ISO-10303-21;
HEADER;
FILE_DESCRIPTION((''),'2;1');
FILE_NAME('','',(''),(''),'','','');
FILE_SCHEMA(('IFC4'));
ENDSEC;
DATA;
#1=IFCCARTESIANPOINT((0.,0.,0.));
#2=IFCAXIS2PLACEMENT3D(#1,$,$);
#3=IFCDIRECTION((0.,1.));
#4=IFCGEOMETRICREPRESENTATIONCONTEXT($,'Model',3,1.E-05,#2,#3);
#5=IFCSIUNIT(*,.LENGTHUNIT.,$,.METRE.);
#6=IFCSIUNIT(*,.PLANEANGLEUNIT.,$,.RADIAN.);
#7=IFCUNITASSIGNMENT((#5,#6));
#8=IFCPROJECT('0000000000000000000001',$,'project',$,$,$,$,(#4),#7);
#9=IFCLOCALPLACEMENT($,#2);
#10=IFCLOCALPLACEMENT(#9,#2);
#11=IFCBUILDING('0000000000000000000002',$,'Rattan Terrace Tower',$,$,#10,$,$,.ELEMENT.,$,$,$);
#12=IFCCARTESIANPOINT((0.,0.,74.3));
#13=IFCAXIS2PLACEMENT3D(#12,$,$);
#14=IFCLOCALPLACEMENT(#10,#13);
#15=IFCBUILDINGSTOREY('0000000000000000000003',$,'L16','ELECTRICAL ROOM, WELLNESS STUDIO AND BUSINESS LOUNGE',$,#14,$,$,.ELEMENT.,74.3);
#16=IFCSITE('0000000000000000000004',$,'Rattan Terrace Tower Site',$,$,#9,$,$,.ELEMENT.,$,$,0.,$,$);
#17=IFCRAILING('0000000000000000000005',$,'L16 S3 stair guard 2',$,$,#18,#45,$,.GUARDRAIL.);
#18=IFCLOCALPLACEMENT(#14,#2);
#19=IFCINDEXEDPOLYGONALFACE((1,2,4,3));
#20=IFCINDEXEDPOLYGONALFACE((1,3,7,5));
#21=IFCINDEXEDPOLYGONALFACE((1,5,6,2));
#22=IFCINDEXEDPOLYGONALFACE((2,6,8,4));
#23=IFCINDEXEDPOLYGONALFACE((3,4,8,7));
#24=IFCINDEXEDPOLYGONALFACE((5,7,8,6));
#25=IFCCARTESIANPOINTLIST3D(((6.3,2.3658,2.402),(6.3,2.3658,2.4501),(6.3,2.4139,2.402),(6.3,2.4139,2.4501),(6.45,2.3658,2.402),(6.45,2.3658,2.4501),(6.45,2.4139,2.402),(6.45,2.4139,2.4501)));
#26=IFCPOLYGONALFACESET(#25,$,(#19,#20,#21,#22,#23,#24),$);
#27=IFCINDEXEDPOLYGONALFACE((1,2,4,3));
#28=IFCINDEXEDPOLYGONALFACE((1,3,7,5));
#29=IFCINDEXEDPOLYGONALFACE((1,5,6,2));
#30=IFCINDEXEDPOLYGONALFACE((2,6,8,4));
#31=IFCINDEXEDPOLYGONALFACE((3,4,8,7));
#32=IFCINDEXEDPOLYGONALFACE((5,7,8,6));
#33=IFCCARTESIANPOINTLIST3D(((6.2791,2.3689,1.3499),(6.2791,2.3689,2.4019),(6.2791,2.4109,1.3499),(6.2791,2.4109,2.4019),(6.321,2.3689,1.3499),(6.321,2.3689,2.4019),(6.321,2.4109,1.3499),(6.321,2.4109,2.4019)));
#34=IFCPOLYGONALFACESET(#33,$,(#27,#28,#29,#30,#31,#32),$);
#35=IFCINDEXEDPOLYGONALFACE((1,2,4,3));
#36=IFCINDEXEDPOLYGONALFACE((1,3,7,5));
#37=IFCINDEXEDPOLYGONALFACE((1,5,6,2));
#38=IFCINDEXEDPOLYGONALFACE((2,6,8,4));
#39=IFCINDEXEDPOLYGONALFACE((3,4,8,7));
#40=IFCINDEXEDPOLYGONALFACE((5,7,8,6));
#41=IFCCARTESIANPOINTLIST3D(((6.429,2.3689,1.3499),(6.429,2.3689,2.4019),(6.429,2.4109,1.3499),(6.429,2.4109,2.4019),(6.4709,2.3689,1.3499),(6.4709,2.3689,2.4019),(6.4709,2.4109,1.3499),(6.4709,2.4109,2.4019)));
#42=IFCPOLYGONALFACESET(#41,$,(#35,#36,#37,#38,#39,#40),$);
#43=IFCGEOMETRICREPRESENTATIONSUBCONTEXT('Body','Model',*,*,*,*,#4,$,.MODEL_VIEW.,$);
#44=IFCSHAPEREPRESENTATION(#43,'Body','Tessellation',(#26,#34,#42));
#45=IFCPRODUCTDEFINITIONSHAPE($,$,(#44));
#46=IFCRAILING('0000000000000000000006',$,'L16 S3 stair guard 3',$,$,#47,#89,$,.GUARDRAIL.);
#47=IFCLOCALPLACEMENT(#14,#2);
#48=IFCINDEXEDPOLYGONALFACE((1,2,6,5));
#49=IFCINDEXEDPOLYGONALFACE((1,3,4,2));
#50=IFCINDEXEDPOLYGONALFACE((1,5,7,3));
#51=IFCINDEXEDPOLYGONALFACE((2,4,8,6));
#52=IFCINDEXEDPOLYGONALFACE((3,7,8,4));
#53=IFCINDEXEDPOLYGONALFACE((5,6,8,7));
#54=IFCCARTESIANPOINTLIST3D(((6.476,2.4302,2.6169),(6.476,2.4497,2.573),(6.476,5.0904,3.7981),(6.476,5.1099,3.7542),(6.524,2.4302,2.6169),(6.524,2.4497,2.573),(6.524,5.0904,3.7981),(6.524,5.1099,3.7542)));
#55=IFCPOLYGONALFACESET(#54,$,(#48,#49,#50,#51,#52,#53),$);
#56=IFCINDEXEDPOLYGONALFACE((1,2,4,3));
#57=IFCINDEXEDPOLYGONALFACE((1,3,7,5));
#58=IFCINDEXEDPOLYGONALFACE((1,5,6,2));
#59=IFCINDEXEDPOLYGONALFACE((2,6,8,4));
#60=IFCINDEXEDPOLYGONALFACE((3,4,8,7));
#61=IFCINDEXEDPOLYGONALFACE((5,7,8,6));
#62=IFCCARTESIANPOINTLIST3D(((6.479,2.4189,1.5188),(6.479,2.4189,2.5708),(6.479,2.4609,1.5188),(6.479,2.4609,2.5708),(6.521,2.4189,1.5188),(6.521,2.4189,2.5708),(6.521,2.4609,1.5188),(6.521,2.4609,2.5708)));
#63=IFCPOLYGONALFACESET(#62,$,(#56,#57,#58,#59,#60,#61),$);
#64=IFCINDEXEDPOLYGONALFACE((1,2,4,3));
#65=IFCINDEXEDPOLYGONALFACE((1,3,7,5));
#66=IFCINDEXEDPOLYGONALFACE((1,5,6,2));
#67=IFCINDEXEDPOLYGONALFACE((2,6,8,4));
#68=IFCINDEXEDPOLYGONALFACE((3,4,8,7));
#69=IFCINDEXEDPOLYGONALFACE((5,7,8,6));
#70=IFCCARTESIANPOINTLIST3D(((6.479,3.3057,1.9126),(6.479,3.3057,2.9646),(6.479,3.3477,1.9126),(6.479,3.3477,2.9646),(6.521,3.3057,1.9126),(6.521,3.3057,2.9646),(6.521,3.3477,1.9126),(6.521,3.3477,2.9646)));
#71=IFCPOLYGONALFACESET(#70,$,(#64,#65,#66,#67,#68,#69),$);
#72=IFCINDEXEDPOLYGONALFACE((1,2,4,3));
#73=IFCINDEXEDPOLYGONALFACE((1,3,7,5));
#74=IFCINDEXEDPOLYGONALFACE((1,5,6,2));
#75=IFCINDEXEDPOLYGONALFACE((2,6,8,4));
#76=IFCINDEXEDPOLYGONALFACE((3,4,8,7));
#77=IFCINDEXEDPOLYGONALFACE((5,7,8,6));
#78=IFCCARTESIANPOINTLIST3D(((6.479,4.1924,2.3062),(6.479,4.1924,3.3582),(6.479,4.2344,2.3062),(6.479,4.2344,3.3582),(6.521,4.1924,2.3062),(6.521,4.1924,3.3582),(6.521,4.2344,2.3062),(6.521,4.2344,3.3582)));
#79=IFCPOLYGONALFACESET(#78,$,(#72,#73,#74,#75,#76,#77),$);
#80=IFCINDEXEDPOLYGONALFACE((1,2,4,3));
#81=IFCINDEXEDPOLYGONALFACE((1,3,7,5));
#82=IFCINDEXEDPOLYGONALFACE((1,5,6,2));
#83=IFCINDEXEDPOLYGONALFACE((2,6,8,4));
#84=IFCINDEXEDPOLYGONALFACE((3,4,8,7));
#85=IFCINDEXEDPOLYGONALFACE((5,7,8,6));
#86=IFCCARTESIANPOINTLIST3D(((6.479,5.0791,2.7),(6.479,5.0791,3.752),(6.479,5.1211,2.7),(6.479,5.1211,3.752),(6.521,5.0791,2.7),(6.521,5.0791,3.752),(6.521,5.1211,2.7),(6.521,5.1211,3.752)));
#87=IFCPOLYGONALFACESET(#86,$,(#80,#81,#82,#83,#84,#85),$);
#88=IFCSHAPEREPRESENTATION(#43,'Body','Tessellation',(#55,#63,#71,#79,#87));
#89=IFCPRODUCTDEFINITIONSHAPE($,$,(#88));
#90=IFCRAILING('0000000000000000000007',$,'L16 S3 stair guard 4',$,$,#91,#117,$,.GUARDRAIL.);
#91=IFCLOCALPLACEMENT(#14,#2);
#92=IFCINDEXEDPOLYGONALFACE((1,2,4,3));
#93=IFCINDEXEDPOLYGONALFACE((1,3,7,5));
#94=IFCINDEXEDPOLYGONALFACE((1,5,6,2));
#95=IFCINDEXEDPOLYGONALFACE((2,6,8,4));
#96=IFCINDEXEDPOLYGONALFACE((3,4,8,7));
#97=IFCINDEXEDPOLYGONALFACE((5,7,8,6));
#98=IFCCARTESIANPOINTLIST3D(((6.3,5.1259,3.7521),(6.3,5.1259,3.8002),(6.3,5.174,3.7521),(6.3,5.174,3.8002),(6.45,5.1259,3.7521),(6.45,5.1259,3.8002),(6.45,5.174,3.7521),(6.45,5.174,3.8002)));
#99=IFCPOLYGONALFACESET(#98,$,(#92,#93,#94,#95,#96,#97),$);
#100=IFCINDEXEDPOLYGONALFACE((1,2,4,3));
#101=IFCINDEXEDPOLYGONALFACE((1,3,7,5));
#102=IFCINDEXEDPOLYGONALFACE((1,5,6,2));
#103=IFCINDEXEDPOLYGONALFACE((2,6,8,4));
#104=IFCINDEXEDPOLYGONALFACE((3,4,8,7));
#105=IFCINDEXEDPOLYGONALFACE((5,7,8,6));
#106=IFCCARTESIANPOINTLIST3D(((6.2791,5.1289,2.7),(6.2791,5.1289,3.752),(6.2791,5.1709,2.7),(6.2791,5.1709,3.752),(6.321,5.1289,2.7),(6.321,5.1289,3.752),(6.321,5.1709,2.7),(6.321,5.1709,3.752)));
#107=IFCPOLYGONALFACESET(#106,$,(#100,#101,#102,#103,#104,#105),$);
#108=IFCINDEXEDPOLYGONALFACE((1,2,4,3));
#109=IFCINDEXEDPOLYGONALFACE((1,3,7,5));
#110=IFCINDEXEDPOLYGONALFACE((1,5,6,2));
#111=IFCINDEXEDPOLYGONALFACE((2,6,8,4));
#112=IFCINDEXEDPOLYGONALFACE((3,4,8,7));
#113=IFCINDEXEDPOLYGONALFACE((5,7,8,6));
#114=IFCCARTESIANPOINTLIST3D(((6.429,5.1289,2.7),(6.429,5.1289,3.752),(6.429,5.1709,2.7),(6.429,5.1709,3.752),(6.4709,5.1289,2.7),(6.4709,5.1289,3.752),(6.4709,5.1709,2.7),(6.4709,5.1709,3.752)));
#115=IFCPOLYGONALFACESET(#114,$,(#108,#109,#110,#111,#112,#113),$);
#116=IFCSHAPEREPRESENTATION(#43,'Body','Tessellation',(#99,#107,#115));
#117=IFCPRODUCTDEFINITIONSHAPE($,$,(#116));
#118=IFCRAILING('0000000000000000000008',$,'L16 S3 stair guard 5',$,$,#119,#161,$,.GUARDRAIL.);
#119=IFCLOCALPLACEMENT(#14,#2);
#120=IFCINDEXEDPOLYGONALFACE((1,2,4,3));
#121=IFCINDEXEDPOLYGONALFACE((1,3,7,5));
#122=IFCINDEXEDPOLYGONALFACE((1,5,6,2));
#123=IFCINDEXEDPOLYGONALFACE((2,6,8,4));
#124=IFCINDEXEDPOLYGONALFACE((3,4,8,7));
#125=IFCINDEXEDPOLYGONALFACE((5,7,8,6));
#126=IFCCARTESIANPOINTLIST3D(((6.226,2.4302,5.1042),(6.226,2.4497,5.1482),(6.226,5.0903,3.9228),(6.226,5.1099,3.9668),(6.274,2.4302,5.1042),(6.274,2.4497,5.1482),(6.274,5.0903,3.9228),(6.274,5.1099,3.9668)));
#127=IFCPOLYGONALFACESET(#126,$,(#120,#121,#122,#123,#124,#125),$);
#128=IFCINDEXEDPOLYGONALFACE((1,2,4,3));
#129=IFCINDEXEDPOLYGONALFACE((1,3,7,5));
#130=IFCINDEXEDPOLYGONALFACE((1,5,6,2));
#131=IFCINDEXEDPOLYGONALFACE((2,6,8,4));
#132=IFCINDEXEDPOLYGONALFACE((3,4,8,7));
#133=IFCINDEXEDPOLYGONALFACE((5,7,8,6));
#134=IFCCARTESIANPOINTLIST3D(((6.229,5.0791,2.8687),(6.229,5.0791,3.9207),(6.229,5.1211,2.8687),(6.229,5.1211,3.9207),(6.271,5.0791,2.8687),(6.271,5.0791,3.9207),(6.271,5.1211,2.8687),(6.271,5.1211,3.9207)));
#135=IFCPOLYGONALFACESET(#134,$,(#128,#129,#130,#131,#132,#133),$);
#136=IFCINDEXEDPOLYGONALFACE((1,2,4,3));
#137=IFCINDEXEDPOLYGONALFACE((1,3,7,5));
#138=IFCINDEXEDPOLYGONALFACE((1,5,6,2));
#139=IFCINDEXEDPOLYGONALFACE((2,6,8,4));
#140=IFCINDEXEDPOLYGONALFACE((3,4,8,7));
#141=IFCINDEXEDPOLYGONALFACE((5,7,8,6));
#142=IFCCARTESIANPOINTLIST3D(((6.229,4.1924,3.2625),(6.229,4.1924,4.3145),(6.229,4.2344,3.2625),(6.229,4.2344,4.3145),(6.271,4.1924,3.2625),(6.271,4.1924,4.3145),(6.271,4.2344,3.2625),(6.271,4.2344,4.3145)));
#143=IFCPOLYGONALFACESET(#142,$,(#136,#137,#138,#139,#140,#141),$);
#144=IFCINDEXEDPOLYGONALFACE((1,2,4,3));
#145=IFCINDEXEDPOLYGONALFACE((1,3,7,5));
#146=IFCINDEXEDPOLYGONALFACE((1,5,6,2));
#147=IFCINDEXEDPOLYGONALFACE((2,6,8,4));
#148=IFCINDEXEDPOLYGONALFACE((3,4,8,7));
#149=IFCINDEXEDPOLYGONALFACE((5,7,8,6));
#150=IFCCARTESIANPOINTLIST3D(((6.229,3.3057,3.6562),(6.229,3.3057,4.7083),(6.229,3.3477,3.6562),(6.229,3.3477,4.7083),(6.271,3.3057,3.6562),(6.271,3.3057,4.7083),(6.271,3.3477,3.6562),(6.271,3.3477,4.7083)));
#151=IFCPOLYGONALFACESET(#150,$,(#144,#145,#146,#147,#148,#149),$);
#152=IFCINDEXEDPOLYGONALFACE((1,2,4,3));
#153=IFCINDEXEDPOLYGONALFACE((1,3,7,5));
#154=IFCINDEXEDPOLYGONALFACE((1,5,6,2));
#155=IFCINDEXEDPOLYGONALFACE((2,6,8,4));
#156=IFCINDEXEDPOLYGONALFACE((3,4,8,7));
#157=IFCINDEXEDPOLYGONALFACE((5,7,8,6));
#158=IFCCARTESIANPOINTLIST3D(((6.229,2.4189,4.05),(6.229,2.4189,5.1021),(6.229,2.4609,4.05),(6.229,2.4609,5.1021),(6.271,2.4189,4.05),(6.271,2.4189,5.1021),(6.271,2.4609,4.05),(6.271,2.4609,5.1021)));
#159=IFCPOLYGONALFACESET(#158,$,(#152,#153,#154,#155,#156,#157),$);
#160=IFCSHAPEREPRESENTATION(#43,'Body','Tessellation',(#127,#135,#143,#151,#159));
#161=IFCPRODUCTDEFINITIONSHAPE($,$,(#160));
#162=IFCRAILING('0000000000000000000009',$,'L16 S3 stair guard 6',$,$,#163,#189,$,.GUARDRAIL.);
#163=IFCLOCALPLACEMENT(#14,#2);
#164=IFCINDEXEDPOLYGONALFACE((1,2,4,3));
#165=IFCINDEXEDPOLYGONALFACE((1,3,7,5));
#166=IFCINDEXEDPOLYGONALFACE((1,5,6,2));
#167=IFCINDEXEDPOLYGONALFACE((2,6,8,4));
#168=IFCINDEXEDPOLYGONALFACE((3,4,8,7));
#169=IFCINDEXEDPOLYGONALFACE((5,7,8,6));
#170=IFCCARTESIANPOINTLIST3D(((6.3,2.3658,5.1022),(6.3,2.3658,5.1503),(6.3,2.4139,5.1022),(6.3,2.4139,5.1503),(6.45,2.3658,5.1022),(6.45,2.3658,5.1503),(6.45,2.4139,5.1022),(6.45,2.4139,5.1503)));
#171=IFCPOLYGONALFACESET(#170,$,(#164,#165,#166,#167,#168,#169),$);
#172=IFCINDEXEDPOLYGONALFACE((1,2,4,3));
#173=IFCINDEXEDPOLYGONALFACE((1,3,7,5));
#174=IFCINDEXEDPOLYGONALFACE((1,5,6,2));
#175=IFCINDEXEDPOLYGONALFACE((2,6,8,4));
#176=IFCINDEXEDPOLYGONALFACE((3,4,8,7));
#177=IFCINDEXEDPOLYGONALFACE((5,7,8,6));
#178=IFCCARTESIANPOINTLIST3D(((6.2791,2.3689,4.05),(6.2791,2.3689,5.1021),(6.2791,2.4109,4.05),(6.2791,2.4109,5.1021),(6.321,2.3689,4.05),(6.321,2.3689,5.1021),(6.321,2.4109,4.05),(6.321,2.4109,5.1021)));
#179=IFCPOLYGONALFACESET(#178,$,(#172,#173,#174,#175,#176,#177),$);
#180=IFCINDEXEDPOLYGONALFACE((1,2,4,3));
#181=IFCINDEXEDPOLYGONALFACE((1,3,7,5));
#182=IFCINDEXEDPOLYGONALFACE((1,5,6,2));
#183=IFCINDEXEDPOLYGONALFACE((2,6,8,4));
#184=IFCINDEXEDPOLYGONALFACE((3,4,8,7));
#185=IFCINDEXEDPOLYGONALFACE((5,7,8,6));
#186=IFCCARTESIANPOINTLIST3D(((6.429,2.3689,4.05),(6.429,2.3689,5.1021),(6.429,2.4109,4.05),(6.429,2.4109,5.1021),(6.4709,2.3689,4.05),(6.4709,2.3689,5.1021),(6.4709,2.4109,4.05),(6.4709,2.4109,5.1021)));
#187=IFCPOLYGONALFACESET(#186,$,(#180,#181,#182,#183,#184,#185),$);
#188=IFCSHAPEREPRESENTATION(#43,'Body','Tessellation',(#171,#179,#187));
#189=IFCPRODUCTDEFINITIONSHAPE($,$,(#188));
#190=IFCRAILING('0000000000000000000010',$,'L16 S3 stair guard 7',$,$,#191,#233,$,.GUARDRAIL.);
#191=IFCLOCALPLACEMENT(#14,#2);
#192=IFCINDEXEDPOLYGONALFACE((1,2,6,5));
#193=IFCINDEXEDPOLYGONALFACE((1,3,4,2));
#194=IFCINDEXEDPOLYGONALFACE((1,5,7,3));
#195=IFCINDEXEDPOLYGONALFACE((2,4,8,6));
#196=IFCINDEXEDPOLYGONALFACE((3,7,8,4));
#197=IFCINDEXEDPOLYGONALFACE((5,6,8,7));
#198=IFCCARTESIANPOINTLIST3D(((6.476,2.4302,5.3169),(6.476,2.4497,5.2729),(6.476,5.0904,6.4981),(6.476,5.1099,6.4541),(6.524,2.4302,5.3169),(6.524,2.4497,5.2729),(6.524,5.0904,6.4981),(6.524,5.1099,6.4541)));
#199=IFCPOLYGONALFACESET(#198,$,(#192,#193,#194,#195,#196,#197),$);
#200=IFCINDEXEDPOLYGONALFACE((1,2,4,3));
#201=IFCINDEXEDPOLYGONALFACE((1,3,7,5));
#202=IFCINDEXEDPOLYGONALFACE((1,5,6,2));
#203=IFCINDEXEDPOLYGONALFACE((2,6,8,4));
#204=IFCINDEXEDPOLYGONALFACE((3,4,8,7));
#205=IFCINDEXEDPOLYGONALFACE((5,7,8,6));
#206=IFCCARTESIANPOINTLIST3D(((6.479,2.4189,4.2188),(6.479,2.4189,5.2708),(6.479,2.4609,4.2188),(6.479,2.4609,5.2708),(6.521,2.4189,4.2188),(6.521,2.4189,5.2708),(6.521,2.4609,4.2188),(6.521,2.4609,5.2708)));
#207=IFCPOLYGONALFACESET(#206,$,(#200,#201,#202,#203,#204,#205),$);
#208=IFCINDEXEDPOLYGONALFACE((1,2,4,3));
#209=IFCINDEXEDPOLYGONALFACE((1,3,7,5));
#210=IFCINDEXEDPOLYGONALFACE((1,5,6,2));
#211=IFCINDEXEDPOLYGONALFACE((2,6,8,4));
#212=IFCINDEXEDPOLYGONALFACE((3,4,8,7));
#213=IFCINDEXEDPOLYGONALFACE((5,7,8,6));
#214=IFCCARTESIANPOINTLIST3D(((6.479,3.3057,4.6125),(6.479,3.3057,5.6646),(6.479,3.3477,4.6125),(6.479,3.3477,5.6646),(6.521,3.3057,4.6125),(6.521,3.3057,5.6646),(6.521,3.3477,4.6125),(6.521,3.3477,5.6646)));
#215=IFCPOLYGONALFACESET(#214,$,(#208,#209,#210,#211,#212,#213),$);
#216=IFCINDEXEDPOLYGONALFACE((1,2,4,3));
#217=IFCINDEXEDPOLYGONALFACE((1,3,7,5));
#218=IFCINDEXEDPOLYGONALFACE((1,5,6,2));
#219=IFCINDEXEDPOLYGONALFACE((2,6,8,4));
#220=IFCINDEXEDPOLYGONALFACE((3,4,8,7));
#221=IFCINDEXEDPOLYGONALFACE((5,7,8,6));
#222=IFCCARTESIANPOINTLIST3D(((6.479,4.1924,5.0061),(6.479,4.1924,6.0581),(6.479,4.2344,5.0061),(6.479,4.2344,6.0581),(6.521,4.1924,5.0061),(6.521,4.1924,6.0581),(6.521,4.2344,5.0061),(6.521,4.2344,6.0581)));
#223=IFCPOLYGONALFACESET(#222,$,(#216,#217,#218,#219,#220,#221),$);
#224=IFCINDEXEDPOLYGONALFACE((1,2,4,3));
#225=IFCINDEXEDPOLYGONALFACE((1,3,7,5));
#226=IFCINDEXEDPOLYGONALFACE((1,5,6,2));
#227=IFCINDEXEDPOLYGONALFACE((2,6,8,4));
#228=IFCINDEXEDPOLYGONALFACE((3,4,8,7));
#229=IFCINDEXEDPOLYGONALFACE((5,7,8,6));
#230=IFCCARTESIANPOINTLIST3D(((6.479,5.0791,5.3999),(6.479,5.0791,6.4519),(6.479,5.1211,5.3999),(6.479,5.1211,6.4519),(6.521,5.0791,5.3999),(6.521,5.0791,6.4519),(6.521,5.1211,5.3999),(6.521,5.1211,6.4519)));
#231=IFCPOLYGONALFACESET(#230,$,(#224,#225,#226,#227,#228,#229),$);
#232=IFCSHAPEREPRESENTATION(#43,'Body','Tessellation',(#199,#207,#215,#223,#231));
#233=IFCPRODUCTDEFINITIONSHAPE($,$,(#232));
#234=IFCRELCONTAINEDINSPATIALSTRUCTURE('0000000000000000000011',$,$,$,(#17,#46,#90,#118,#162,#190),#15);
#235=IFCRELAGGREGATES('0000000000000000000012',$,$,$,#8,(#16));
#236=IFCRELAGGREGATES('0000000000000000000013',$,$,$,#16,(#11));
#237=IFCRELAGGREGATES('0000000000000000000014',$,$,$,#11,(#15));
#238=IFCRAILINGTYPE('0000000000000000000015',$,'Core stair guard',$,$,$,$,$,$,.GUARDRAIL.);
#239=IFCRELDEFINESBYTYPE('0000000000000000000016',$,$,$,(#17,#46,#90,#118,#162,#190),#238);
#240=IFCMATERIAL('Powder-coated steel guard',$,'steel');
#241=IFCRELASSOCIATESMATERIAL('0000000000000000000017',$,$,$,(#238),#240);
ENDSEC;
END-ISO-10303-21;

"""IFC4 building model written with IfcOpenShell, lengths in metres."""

from ifc_helpers import new_model, si_unit, direction, frame, origin, origin_2d, place, context, subcontext, project, spatial, rectangle, extrude, material, type_object, element, save


model = new_model("IFC4")

# Units and contexts
model_context = context("Model", 3, precision=1e-05, world=origin(), true_north=direction((0.0, 1.0)))
body_context = subcontext(model_context, "Body", "Model", "MODEL_VIEW")
ifc_project = project(units=[si_unit("LENGTHUNIT", "METRE"), si_unit("PLANEANGLEUNIT", "RADIAN")], contexts=[model_context])

# Site, building, storey
site_placement = place(None, origin())
site = spatial("IfcSite", under=ifc_project, at=site_placement, Name="Rattan Terrace Tower Site", CompositionType="ELEMENT", RefElevation=0.0)
building_placement = place(site_placement, origin())
building = spatial("IfcBuilding", under=site, at=building_placement, Name="Rattan Terrace Tower", CompositionType="ELEMENT")
storey_placement = place(building_placement, frame((0.0, 0.0, 74.3)))
storey = spatial("IfcBuildingStorey", under=building, at=storey_placement, Name="L16", Description="ELECTRICAL ROOM, WELLNESS STUDIO AND BUSINESS LOUNGE", CompositionType="ELEMENT", Elevation=74.3)

# Railings
ifc_material_1 = material(Name="Powder-coated steel guard", Category="steel")
railing_type_1 = type_object("IfcRailingType", Name="Core stair guard", PredefinedType="GUARDRAIL", material=ifc_material_1)
railing_1_placement = place(storey_placement, frame((6.3, 2.3899, 1.3499)))
element("IfcRailing", 1, at=railing_1_placement, inside=storey, type_object=railing_type_1, Name="L16 S3 stair guard 2", PredefinedType="GUARDRAIL", context=body_context, shape_type="SweptSolid", body=[
    extrude(rectangle(XDim=0.0481, YDim=0.0481, at=origin_2d()), frame((0.0, 0.0, 1.0762), z_axis=(1.0, 0.0, 0.0), x_axis=(0.0, 1.0, 0.0)), (0.0, 0.0, 1.0), 0.1499),
    extrude(rectangle(XDim=0.042, YDim=0.042, at=origin_2d()), origin(), (0.0, 0.0, 1.0), 1.052),
    extrude(rectangle(XDim=0.042, YDim=0.042, at=origin_2d()), frame((0.1499, 0.0, 0.0)), (0.0, 0.0, 1.0), 1.052),
])
railing_2_placement = place(storey_placement, frame((6.5, 2.4399, 1.5188)))
element("IfcRailing", 2, at=railing_2_placement, inside=storey, type_object=railing_type_1, Name="L16 S3 stair guard 3", PredefinedType="GUARDRAIL", context=body_context, shape_type="SweptSolid", body=[
    extrude(rectangle(XDim=0.0481, YDim=0.0481, at=origin_2d()), frame((0.0, 0.0, 1.0762), z_axis=(0.0, 0.913957, 0.405812), x_axis=(-1.0, 0.0, 0.0)), (0.0, 0.0, 1.0), 2.9106),
    extrude(rectangle(XDim=0.042, YDim=0.042, at=origin_2d()), origin(), (0.0, 0.0, 1.0), 1.052),
    extrude(rectangle(XDim=0.042, YDim=0.042, at=origin_2d()), frame((0.0, 0.8867, 0.3938)), (0.0, 0.0, 1.0), 1.052),
    extrude(rectangle(XDim=0.042, YDim=0.042, at=origin_2d()), frame((0.0, 1.7734, 0.7874)), (0.0, 0.0, 1.0), 1.052),
    extrude(rectangle(XDim=0.042, YDim=0.042, at=origin_2d()), frame((0.0, 2.6602, 1.1812)), (0.0, 0.0, 1.0), 1.052),
])
railing_3_placement = place(storey_placement, frame((6.3, 5.1499, 2.7)))
element("IfcRailing", 3, at=railing_3_placement, inside=storey, type_object=railing_type_1, Name="L16 S3 stair guard 4", PredefinedType="GUARDRAIL", context=body_context, shape_type="SweptSolid", body=[
    extrude(rectangle(XDim=0.0481, YDim=0.0481, at=origin_2d()), frame((0.0, 0.0, 1.0762), z_axis=(1.0, 0.0, 0.0), x_axis=(0.0, 1.0, 0.0)), (0.0, 0.0, 1.0), 0.1499),
    extrude(rectangle(XDim=0.042, YDim=0.042, at=origin_2d()), origin(), (0.0, 0.0, 1.0), 1.052),
    extrude(rectangle(XDim=0.042, YDim=0.042, at=origin_2d()), frame((0.1499, 0.0, 0.0)), (0.0, 0.0, 1.0), 1.052),
])
railing_4_placement = place(storey_placement, frame((6.25, 5.1001, 2.8687)))
element("IfcRailing", 4, at=railing_4_placement, inside=storey, type_object=railing_type_1, Name="L16 S3 stair guard 5", PredefinedType="GUARDRAIL", context=body_context, shape_type="SweptSolid", body=[
    extrude(rectangle(XDim=0.0481, YDim=0.0481, at=origin_2d()), frame((0.0, 0.0, 1.0762), z_axis=(0.0, -0.913926, 0.405882), x_axis=(1.0, 0.0, 0.0)), (0.0, 0.0, 1.0), 2.9106),
    extrude(rectangle(XDim=0.042, YDim=0.042, at=origin_2d()), origin(), (0.0, 0.0, 1.0), 1.052),
    extrude(rectangle(XDim=0.042, YDim=0.042, at=origin_2d()), frame((0.0, -0.8867, 0.3938)), (0.0, 0.0, 1.0), 1.052),
    extrude(rectangle(XDim=0.042, YDim=0.042, at=origin_2d()), frame((0.0, -1.7734, 0.7876)), (0.0, 0.0, 1.0), 1.052),
    extrude(rectangle(XDim=0.042, YDim=0.042, at=origin_2d()), frame((0.0, -2.6602, 1.1814)), (0.0, 0.0, 1.0), 1.052),
])
railing_5_placement = place(storey_placement, frame((6.3, 2.3899, 4.05)))
element("IfcRailing", 5, at=railing_5_placement, inside=storey, type_object=railing_type_1, Name="L16 S3 stair guard 6", PredefinedType="GUARDRAIL", context=body_context, shape_type="SweptSolid", body=[
    extrude(rectangle(XDim=0.0481, YDim=0.0481, at=origin_2d()), frame((0.0, 0.0, 1.0762), z_axis=(1.0, 0.0, 0.0), x_axis=(0.0, 1.0, 0.0)), (0.0, 0.0, 1.0), 0.1499),
    extrude(rectangle(XDim=0.042, YDim=0.042, at=origin_2d()), origin(), (0.0, 0.0, 1.0), 1.052),
    extrude(rectangle(XDim=0.042, YDim=0.042, at=origin_2d()), frame((0.1499, 0.0, 0.0)), (0.0, 0.0, 1.0), 1.052),
])
railing_6_placement = place(storey_placement, frame((6.5, 2.4399, 4.2188)))
element("IfcRailing", 6, at=railing_6_placement, inside=storey, type_object=railing_type_1, Name="L16 S3 stair guard 7", PredefinedType="GUARDRAIL", context=body_context, shape_type="SweptSolid", body=[
    extrude(rectangle(XDim=0.0481, YDim=0.0481, at=origin_2d()), frame((0.0, 0.0, 1.0762), z_axis=(0.0, 0.913957, 0.405812), x_axis=(-1.0, 0.0, 0.0)), (0.0, 0.0, 1.0), 2.9106),
    extrude(rectangle(XDim=0.042, YDim=0.042, at=origin_2d()), origin(), (0.0, 0.0, 1.0), 1.052),
    extrude(rectangle(XDim=0.042, YDim=0.042, at=origin_2d()), frame((0.0, 0.8867, 0.3938)), (0.0, 0.0, 1.0), 1.052),
    extrude(rectangle(XDim=0.042, YDim=0.042, at=origin_2d()), frame((0.0, 1.7734, 0.7874)), (0.0, 0.0, 1.0), 1.052),
    extrude(rectangle(XDim=0.042, YDim=0.042, at=origin_2d()), frame((0.0, 2.6602, 1.1812)), (0.0, 0.0, 1.0), 1.052),
])

save(model, "model.ifc")
